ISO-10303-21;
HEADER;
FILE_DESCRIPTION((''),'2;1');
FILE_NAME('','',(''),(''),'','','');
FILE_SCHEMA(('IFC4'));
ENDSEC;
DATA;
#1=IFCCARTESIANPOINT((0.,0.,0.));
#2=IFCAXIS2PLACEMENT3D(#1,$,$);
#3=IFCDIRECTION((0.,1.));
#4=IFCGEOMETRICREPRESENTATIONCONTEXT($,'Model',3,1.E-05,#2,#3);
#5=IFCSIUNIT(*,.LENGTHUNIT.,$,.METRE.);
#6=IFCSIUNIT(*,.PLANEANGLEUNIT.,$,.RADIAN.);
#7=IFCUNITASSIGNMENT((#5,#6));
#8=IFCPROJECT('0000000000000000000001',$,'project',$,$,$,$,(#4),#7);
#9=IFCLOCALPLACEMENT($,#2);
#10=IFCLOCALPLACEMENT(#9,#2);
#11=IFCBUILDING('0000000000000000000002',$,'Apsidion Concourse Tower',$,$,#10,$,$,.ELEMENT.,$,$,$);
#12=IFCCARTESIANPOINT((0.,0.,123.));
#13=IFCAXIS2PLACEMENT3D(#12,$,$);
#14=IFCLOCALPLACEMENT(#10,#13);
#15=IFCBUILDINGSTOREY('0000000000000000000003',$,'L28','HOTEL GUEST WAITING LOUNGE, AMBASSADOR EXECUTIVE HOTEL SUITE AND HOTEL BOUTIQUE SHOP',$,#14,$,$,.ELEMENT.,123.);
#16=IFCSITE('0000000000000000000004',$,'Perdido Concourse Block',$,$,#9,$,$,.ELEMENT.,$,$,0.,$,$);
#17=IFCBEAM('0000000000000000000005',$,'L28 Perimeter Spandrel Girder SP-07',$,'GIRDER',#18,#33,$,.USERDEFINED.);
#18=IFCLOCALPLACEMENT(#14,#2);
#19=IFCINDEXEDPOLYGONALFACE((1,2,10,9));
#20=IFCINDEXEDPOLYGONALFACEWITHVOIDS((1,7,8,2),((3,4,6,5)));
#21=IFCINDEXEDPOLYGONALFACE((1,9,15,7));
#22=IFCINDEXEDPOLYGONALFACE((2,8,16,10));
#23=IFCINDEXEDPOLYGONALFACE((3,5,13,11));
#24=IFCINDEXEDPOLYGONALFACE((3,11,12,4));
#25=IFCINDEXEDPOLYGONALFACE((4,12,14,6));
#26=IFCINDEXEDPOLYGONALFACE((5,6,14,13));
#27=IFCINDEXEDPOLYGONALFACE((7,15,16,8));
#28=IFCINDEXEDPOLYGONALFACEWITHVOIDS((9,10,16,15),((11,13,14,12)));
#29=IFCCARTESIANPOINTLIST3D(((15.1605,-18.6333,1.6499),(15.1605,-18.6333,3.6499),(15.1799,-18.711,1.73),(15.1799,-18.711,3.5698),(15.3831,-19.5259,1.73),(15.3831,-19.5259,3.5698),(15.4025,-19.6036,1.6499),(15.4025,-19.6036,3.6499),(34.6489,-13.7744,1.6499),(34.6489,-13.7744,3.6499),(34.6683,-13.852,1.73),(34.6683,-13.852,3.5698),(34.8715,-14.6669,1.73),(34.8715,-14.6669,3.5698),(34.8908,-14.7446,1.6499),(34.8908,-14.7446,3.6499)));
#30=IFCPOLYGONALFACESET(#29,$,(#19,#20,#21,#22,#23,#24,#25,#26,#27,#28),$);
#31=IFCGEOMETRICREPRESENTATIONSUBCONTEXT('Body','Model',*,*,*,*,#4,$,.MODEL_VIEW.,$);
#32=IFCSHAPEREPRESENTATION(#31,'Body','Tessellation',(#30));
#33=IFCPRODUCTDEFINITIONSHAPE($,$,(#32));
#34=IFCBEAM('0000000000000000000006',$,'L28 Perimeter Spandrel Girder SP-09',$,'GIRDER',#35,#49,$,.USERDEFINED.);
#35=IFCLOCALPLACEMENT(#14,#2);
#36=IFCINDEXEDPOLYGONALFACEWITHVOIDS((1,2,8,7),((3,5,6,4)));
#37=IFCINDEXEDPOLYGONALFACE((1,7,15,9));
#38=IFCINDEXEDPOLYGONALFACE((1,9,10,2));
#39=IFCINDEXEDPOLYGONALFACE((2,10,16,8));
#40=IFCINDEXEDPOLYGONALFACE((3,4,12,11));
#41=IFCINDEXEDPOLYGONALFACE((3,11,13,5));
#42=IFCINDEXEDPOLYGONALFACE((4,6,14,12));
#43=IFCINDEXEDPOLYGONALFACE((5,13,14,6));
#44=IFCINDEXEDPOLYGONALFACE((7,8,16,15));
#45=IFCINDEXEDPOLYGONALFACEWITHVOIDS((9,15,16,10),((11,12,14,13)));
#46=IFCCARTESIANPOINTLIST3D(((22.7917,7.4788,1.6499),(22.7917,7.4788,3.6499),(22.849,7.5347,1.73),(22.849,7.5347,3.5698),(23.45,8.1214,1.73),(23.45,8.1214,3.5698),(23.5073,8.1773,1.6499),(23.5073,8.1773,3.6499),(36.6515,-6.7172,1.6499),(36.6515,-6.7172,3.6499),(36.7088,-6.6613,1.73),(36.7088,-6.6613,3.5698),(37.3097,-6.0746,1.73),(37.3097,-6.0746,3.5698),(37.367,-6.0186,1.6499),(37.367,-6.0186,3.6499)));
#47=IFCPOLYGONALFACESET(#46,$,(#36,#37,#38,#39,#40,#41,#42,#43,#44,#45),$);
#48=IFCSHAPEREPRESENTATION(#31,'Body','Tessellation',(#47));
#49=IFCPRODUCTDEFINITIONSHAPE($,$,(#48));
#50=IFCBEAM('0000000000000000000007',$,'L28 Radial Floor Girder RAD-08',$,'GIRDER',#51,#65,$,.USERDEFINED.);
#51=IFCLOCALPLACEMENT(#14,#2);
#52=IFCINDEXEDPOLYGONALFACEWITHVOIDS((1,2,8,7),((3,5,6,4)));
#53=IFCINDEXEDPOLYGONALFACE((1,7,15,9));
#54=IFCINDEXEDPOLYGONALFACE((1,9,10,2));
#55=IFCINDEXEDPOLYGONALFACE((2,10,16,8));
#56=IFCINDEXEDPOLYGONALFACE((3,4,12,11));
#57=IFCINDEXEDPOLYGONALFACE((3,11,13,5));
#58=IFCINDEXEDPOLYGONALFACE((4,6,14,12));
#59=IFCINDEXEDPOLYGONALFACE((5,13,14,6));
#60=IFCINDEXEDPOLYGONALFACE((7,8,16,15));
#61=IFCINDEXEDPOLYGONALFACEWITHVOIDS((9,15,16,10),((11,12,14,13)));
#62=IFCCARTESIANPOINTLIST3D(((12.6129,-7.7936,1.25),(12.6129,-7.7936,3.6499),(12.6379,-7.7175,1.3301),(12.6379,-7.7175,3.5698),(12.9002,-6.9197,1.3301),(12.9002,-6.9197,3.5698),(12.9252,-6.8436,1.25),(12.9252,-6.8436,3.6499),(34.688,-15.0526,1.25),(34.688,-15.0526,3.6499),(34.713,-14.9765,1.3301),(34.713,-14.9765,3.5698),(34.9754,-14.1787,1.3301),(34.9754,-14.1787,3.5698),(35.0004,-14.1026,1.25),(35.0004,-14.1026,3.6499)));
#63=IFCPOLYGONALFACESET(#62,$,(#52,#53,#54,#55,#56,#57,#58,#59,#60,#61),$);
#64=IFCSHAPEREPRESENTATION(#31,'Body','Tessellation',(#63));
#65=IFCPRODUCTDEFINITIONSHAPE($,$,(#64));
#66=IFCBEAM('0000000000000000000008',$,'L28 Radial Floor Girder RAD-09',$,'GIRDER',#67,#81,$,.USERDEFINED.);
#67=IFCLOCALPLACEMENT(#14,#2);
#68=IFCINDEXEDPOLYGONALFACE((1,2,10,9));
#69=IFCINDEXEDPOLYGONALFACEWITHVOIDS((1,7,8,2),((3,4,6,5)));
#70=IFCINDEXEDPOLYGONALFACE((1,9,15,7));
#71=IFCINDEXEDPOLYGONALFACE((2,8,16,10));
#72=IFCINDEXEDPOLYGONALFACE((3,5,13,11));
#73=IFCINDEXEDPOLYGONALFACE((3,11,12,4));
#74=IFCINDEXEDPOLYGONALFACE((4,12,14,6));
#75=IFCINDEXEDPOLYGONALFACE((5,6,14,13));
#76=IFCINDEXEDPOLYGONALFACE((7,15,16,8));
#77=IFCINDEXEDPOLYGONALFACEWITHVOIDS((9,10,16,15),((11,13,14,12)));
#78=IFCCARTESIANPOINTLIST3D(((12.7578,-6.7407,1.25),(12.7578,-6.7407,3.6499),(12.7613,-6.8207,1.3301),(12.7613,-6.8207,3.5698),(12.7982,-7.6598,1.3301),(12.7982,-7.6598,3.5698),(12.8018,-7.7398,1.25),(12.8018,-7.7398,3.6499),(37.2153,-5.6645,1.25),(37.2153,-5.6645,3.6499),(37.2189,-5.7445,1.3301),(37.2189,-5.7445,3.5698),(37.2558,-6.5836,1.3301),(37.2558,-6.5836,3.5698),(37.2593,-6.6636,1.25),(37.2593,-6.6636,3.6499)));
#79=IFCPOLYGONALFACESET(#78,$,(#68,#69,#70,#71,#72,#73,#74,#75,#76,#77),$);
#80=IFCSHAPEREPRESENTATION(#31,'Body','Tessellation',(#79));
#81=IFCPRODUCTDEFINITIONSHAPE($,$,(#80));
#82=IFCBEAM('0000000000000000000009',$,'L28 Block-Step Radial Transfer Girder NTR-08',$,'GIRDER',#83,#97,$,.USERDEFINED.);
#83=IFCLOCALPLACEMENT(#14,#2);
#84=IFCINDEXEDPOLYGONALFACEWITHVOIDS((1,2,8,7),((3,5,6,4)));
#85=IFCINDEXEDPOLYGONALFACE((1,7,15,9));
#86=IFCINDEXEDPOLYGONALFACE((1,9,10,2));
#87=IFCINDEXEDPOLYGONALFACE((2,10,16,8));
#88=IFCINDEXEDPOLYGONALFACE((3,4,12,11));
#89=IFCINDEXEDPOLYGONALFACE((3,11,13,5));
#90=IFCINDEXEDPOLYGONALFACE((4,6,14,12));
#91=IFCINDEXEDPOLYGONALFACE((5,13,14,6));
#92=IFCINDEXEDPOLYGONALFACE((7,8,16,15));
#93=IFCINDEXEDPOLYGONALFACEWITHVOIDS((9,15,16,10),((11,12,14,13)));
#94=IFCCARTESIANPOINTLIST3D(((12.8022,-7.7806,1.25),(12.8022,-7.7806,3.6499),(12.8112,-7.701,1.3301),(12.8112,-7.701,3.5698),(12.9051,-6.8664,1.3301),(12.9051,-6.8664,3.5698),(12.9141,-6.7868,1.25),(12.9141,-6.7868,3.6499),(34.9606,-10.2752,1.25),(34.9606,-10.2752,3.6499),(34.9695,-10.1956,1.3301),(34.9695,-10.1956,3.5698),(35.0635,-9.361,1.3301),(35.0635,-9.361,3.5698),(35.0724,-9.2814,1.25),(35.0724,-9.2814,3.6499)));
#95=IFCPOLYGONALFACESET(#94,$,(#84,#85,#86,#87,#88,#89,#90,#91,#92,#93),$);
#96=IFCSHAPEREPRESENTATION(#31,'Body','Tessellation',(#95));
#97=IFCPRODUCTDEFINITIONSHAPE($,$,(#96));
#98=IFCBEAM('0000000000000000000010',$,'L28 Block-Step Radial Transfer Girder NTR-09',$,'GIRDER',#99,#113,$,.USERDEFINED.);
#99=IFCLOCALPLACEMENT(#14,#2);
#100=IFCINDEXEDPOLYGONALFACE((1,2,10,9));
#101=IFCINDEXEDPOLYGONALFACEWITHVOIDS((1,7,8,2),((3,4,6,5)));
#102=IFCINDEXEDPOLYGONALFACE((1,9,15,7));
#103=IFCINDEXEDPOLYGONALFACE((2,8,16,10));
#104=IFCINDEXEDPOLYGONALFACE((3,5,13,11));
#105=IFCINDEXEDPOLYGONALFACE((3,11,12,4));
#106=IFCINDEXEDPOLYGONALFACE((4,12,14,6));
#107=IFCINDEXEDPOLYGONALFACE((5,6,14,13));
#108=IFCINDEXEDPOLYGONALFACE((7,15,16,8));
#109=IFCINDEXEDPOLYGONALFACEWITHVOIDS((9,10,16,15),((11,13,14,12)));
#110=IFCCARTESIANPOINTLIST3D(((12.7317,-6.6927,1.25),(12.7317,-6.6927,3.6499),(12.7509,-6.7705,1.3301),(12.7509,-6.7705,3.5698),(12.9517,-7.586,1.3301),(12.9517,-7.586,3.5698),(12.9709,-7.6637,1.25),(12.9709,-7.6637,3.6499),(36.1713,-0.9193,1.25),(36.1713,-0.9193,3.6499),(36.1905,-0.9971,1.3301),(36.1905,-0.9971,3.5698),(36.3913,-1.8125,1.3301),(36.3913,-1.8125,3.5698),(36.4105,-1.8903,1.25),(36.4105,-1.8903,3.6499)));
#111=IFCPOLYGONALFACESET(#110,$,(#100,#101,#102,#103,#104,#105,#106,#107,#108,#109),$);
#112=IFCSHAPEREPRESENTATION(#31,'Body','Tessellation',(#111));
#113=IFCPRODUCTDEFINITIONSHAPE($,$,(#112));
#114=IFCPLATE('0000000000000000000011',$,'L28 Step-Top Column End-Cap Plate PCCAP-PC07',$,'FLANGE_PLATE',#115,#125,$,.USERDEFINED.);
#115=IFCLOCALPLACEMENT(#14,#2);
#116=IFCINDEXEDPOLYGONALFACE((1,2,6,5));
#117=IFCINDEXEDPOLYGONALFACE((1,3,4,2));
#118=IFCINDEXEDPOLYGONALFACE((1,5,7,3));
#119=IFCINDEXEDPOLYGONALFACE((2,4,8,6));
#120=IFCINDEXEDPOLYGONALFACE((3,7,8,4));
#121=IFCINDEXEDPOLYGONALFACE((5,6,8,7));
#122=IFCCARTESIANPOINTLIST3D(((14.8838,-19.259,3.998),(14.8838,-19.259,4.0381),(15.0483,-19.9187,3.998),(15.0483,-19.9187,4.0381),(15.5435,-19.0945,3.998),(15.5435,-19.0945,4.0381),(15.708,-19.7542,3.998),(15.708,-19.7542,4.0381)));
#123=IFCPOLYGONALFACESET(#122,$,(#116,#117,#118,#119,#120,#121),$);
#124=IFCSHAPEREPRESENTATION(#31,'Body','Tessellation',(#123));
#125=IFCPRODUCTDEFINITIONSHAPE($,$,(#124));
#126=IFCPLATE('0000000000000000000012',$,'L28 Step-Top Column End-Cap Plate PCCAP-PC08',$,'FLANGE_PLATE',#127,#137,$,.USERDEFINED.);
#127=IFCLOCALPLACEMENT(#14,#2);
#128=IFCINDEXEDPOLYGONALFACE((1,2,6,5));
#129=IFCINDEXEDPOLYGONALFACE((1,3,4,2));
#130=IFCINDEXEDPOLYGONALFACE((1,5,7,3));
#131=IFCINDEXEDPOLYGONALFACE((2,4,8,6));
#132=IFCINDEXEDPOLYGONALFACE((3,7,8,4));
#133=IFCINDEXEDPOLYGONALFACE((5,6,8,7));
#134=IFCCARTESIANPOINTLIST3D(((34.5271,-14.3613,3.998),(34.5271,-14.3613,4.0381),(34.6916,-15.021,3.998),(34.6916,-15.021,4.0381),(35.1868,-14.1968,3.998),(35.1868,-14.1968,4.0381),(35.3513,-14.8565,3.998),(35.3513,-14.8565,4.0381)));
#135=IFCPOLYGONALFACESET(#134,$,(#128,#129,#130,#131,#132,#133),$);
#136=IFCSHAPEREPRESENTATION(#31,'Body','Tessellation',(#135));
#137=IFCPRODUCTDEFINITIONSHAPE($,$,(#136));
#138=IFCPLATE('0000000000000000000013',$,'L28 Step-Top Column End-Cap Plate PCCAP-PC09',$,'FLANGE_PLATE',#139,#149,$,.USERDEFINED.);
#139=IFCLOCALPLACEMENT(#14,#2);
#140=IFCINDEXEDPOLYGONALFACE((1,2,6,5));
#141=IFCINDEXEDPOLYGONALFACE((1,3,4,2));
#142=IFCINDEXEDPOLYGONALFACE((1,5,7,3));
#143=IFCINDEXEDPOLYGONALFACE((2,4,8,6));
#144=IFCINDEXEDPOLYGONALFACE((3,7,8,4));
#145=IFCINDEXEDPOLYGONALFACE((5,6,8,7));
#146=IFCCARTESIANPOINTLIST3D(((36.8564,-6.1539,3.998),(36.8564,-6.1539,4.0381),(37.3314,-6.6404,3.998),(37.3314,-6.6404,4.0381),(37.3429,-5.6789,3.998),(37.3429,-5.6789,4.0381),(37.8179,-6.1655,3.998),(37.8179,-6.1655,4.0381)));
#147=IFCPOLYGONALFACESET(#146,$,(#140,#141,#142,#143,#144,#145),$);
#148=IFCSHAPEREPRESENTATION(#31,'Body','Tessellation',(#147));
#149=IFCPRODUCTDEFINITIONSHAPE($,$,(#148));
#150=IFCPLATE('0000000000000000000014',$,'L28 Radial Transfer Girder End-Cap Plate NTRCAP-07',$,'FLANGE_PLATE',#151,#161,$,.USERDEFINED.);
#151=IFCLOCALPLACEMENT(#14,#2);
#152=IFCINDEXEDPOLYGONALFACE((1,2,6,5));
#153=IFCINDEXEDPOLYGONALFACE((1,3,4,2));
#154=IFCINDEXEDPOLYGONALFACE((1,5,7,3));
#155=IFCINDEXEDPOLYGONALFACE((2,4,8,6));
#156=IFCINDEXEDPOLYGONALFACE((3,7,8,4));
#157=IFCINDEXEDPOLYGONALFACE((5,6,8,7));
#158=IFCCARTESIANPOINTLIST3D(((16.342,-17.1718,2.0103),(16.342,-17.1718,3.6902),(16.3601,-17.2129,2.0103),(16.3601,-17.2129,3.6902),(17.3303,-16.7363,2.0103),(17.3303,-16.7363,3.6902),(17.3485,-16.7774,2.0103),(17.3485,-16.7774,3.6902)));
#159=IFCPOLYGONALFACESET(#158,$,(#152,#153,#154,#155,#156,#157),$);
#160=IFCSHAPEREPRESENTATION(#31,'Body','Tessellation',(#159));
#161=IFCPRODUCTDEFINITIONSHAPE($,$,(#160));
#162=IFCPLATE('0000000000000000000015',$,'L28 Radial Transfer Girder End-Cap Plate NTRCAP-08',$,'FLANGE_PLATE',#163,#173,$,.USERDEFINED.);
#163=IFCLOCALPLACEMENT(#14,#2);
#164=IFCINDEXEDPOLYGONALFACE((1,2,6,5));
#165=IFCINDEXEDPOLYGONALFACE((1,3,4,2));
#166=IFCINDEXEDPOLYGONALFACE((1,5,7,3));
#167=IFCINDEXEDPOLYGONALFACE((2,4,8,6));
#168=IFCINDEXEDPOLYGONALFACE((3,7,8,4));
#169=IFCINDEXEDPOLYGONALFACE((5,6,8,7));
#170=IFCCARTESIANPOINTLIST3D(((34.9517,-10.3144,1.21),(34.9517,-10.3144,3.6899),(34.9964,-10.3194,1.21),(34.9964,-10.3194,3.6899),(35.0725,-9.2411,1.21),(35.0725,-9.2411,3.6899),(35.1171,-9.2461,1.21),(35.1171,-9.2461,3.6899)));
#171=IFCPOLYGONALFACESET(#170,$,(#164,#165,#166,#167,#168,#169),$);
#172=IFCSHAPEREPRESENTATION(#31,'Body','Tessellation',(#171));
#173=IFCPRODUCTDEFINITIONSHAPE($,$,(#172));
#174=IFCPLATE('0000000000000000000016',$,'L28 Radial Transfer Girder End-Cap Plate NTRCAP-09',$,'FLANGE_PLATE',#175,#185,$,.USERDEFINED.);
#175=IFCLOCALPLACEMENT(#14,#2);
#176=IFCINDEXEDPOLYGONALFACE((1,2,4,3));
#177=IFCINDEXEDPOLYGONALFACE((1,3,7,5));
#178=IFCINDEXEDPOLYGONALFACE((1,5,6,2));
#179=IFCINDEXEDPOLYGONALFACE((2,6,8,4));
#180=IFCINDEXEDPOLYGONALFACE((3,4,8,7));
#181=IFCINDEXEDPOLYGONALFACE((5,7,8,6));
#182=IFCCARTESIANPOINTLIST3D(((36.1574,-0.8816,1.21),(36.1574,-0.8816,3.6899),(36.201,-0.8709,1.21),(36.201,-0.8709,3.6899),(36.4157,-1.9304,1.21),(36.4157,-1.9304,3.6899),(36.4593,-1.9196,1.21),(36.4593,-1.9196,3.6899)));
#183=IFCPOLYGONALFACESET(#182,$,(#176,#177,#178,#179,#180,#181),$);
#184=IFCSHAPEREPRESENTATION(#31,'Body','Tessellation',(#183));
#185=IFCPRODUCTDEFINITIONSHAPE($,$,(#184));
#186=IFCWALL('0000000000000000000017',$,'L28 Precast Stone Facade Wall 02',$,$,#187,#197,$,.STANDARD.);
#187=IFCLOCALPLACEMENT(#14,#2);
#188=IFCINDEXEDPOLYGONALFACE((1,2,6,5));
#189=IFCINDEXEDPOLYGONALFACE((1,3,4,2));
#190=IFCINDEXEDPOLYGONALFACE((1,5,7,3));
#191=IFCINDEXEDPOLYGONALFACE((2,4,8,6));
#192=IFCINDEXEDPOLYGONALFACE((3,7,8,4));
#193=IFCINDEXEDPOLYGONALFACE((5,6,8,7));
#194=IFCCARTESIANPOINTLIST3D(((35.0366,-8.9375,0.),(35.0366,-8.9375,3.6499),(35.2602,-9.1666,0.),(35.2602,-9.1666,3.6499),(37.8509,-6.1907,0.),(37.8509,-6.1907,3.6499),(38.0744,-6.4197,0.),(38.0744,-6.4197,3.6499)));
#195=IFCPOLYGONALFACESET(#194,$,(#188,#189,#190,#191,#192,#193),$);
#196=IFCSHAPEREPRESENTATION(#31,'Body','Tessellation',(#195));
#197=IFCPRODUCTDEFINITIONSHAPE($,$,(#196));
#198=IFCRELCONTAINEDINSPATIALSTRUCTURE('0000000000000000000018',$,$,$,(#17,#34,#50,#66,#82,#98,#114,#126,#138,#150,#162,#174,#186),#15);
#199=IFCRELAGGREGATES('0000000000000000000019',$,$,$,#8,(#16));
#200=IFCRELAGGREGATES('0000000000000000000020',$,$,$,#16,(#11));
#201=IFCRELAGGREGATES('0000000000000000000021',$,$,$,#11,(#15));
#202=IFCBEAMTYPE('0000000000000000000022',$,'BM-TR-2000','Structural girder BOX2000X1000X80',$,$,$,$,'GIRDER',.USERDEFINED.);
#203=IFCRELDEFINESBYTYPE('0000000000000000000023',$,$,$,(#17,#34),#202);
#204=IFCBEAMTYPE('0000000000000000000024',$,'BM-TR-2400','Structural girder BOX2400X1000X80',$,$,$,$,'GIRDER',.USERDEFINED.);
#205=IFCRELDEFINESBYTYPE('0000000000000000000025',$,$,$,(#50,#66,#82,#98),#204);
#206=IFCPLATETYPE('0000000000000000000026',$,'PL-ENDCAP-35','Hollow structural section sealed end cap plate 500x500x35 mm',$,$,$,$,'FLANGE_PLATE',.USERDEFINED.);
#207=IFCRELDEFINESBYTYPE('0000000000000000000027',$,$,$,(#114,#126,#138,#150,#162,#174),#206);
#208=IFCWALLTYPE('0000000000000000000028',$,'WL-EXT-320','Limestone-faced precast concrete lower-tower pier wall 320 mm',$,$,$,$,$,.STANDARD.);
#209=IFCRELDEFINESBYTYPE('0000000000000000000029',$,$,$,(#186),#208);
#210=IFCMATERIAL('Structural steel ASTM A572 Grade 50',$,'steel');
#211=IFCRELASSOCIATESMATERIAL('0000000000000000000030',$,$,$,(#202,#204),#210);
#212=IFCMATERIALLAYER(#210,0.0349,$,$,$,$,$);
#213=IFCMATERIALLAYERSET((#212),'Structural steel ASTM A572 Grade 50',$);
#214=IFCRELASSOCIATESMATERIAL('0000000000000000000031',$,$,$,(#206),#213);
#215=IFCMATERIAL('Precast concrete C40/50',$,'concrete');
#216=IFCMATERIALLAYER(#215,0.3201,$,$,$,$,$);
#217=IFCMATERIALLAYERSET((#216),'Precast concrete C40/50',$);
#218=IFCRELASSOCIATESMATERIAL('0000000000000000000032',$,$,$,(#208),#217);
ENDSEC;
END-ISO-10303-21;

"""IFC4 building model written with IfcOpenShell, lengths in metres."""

from ifc_helpers import new_model, si_unit, direction, frame, frame_2d, origin, origin_2d, place, context, subcontext, project, spatial, rectangle, hollow_rectangle, extrude, material, layer, layer_set, material_profile, profile_set, type_object, element, save


model = new_model("IFC4")

# Units and contexts
model_context = context("Model", 3, precision=1e-05, world=origin(), true_north=direction((0.0, 1.0)))
body_context = subcontext(model_context, "Body", "Model", "MODEL_VIEW")
ifc_project = project(units=[si_unit("LENGTHUNIT", "METRE"), si_unit("PLANEANGLEUNIT", "RADIAN")], contexts=[model_context])

# Site, building, storey
site_placement = place(None, origin())
site = spatial("IfcSite", under=ifc_project, at=site_placement, Name="Perdido Concourse Block", CompositionType="ELEMENT", RefElevation=0.0)
building_placement = place(site_placement, origin())
building = spatial("IfcBuilding", under=site, at=building_placement, Name="Apsidion Concourse Tower", CompositionType="ELEMENT")
storey_placement = place(building_placement, frame((0.0, 0.0, 123.0)))
storey = spatial("IfcBuildingStorey", under=building, at=storey_placement, Name="L28", Description="HOTEL GUEST WAITING LOUNGE, AMBASSADOR EXECUTIVE HOTEL SUITE AND HOTEL BOUTIQUE SHOP", CompositionType="ELEMENT", Elevation=123.0)

# Shared definitions
ifc_material_1 = material(Name="Structural steel ASTM A572 Grade 50", Category="steel")

# Beams
ifc_material_profile_1 = material_profile(ifc_material_1, hollow_rectangle(XDim=1.0, YDim=2.0, WallThickness=0.0801, at=origin_2d()), Name="BOX2000X1000X80")
ifc_profile_set_1 = profile_set([ifc_material_profile_1], Name="Structural steel ASTM A572 Grade 50")
beam_type_1 = type_object("IfcBeamType", Name="BM-TR-2000", Description="Structural girder BOX2000X1000X80", ElementType="GIRDER", PredefinedType="USERDEFINED", material=ifc_profile_set_1)
beam_1_placement = place(storey_placement, frame((15.2815, -19.1184, 2.6499), z_axis=(0.970297, 0.241918, 0.0), x_axis=(-0.241918, 0.970297, 0.0)))
element("IfcBeam", 1, at=beam_1_placement, inside=storey, type_object=beam_type_1, Name="L28 Perimeter Spandrel Girder SP-07", ObjectType="GIRDER", PredefinedType="USERDEFINED", context=body_context, shape_type="SweptSolid", body=[
    extrude(hollow_rectangle(XDim=1.0, YDim=2.0, WallThickness=0.0801, at=origin_2d()), origin(), (0.0, 0.0, 1.0), 20.085),
])
beam_2_placement = place(storey_placement, frame((37.0093, -6.3679, 2.6499), z_axis=(-0.698584, 0.715528, 0.0), x_axis=(-0.715528, -0.698584, 0.0)))
element("IfcBeam", 2, at=beam_2_placement, inside=storey, type_object=beam_type_1, Name="L28 Perimeter Spandrel Girder SP-09", ObjectType="GIRDER", PredefinedType="USERDEFINED", context=body_context, shape_type="SweptSolid", body=[
    extrude(hollow_rectangle(XDim=1.0, YDim=2.0, WallThickness=0.0801, at=origin_2d()), origin(), (0.0, 0.0, 1.0), 19.8398),
])
ifc_material_profile_2 = material_profile(ifc_material_1, hollow_rectangle(XDim=1.0, YDim=2.3999, WallThickness=0.0801, at=origin_2d()), Name="BOX2400X1000X80")
ifc_profile_set_2 = profile_set([ifc_material_profile_2], Name="Structural steel ASTM A572 Grade 50")
beam_type_2 = type_object("IfcBeamType", Name="BM-TR-2400", Description="Structural girder BOX2400X1000X80", ElementType="GIRDER", PredefinedType="USERDEFINED", material=ifc_profile_set_2)
beam_3_placement = place(storey_placement, frame((12.769, -7.3186, 2.45), z_axis=(0.949958, -0.312377, 0.0), x_axis=(0.312377, 0.949958, 0.0)))
element("IfcBeam", 3, at=beam_3_placement, inside=storey, type_object=beam_type_2, Name="L28 Radial Floor Girder RAD-08", ObjectType="GIRDER", PredefinedType="USERDEFINED", context=body_context, shape_type="SweptSolid", body=[
    extrude(hollow_rectangle(XDim=1.0, YDim=2.3999, WallThickness=0.0801, at=origin_2d()), origin(), (0.0, 0.0, 1.0), 23.238),
])
beam_4_placement = place(storey_placement, frame((12.7798, -7.2402, 2.45), z_axis=(0.999033, 0.043959, 0.0), x_axis=(-0.043959, 0.999033, 0.0)))
element("IfcBeam", 4, at=beam_4_placement, inside=storey, type_object=beam_type_2, Name="L28 Radial Floor Girder RAD-09", ObjectType="GIRDER", PredefinedType="USERDEFINED", context=body_context, shape_type="SweptSolid", body=[
    extrude(hollow_rectangle(XDim=1.0, YDim=2.3999, WallThickness=0.0801, at=origin_2d()), origin(), (0.0, 0.0, 1.0), 24.4812),
])
beam_5_placement = place(storey_placement, frame((12.8582, -7.2837, 2.45), z_axis=(0.993722, -0.111875, 0.0), x_axis=(0.111875, 0.993722, 0.0)))
element("IfcBeam", 5, at=beam_5_placement, inside=storey, type_object=beam_type_2, Name="L28 Block-Step Radial Transfer Girder NTR-08", ObjectType="GIRDER", PredefinedType="USERDEFINED", context=body_context, shape_type="SweptSolid", body=[
    extrude(hollow_rectangle(XDim=1.0, YDim=2.3999, WallThickness=0.0801, at=origin_2d()), origin(), (0.0, 0.0, 1.0), 22.2983),
])
beam_6_placement = place(storey_placement, frame((12.8513, -7.1782, 2.45), z_axis=(0.97098, 0.239162, 0.0), x_axis=(-0.239162, 0.97098, 0.0)))
element("IfcBeam", 6, at=beam_6_placement, inside=storey, type_object=beam_type_2, Name="L28 Block-Step Radial Transfer Girder NTR-09", ObjectType="GIRDER", PredefinedType="USERDEFINED", context=body_context, shape_type="SweptSolid", body=[
    extrude(hollow_rectangle(XDim=1.0, YDim=2.3999, WallThickness=0.0801, at=origin_2d()), origin(), (0.0, 0.0, 1.0), 24.1401),
])

# Plates
ifc_layer_1 = layer(ifc_material_1, 0.0349)
ifc_layer_set_1 = layer_set([ifc_layer_1], Name="Structural steel ASTM A572 Grade 50")
plate_type = type_object("IfcPlateType", Name="PL-ENDCAP-35", Description="Hollow structural section sealed end cap plate 500x500x35 mm", ElementType="FLANGE_PLATE", PredefinedType="USERDEFINED", material=ifc_layer_set_1)
for number, where, z_axis, x_axis, name in (
    (7, (15.2959, -19.5066, 3.998), (0.0, 0.0, 1.0), (0.970296, 0.241922, 0.0), "L28 Step-Top Column End-Cap Plate PCCAP-PC07"),
    (8, (34.9392, -14.6089, 3.998), (0.0, 0.0, 1.0), (0.970296, 0.241922, 0.0), "L28 Step-Top Column End-Cap Plate PCCAP-PC08"),
    (9, (37.3372, -6.1597, 3.998), (0.0, 0.0, 1.0), (-0.69854, 0.715571, 0.0), "L28 Step-Top Column End-Cap Plate PCCAP-PC09"),
):
    element("IfcPlate", number, at=place(storey_placement, frame(where, z_axis=z_axis, x_axis=x_axis)), inside=storey, type_object=plate_type, Name=name, ObjectType="FLANGE_PLATE", PredefinedType="USERDEFINED", context=body_context, shape_type="SweptSolid", body=[
        extrude(rectangle(XDim=0.6799, YDim=0.6799, at=origin_2d()), origin(), (0.0, 0.0, 1.0), 0.04),
    ])
plate_placement = place(storey_placement, frame((16.8452, -16.9746, 2.0103), z_axis=(0.0, 0.0, 1.0), x_axis=(0.403226, -0.9151, 0.0)))
element("IfcPlate", 10, at=plate_placement, inside=storey, type_object=plate_type, Name="L28 Radial Transfer Girder End-Cap Plate NTRCAP-07", ObjectType="FLANGE_PLATE", PredefinedType="USERDEFINED", context=body_context, shape_type="SweptSolid", body=[
    extrude(rectangle(XDim=0.0449, YDim=1.0801, at=origin_2d()), origin(), (0.0, 0.0, 1.0), 1.6799),
])
for number, where, z_axis, x_axis, name in (
    (11, (35.0344, -9.7803, 1.21), (0.0, 0.0, 1.0), (0.993729, -0.111816, 0.0), "L28 Radial Transfer Girder End-Cap Plate NTRCAP-08"),
    (12, (36.3083, -1.4006, 1.21), (0.0, 0.0, 1.0), (0.970968, 0.239211, 0.0), "L28 Radial Transfer Girder End-Cap Plate NTRCAP-09"),
):
    element("IfcPlate", number, at=place(storey_placement, frame(where, z_axis=z_axis, x_axis=x_axis)), inside=storey, type_object=plate_type, Name=name, ObjectType="FLANGE_PLATE", PredefinedType="USERDEFINED", context=body_context, shape_type="SweptSolid", body=[
        extrude(rectangle(XDim=0.0449, YDim=1.0801, at=origin_2d()), origin(), (0.0, 0.0, 1.0), 2.48),
    ])

# Wall
ifc_material_2 = material(Name="Precast concrete C40/50", Category="concrete")
ifc_layer_2 = layer(ifc_material_2, 0.3201)
ifc_layer_set_2 = layer_set([ifc_layer_2], Name="Precast concrete C40/50")
wall_type = type_object("IfcWallType", Name="WL-EXT-320", Description="Limestone-faced precast concrete lower-tower pier wall 320 mm", PredefinedType="STANDARD", material=ifc_layer_set_2)
wall_1_placement = place(storey_placement, frame((37.9626, -6.3052, 0.0), z_axis=(0.0, 0.0, 1.0), x_axis=(-0.715622, -0.698488, 0.0)))
element("IfcWall", 13, at=wall_1_placement, inside=storey, type_object=wall_type, Name="L28 Precast Stone Facade Wall 02", PredefinedType="STANDARD", context=body_context, shape_type="SweptSolid", body=[
    extrude(rectangle(XDim=3.9326, YDim=0.3201, at=frame_2d((1.9663, 0.0))), origin(), (0.0, 0.0, 1.0), 3.6499),
])

save(model, "model.ifc")
